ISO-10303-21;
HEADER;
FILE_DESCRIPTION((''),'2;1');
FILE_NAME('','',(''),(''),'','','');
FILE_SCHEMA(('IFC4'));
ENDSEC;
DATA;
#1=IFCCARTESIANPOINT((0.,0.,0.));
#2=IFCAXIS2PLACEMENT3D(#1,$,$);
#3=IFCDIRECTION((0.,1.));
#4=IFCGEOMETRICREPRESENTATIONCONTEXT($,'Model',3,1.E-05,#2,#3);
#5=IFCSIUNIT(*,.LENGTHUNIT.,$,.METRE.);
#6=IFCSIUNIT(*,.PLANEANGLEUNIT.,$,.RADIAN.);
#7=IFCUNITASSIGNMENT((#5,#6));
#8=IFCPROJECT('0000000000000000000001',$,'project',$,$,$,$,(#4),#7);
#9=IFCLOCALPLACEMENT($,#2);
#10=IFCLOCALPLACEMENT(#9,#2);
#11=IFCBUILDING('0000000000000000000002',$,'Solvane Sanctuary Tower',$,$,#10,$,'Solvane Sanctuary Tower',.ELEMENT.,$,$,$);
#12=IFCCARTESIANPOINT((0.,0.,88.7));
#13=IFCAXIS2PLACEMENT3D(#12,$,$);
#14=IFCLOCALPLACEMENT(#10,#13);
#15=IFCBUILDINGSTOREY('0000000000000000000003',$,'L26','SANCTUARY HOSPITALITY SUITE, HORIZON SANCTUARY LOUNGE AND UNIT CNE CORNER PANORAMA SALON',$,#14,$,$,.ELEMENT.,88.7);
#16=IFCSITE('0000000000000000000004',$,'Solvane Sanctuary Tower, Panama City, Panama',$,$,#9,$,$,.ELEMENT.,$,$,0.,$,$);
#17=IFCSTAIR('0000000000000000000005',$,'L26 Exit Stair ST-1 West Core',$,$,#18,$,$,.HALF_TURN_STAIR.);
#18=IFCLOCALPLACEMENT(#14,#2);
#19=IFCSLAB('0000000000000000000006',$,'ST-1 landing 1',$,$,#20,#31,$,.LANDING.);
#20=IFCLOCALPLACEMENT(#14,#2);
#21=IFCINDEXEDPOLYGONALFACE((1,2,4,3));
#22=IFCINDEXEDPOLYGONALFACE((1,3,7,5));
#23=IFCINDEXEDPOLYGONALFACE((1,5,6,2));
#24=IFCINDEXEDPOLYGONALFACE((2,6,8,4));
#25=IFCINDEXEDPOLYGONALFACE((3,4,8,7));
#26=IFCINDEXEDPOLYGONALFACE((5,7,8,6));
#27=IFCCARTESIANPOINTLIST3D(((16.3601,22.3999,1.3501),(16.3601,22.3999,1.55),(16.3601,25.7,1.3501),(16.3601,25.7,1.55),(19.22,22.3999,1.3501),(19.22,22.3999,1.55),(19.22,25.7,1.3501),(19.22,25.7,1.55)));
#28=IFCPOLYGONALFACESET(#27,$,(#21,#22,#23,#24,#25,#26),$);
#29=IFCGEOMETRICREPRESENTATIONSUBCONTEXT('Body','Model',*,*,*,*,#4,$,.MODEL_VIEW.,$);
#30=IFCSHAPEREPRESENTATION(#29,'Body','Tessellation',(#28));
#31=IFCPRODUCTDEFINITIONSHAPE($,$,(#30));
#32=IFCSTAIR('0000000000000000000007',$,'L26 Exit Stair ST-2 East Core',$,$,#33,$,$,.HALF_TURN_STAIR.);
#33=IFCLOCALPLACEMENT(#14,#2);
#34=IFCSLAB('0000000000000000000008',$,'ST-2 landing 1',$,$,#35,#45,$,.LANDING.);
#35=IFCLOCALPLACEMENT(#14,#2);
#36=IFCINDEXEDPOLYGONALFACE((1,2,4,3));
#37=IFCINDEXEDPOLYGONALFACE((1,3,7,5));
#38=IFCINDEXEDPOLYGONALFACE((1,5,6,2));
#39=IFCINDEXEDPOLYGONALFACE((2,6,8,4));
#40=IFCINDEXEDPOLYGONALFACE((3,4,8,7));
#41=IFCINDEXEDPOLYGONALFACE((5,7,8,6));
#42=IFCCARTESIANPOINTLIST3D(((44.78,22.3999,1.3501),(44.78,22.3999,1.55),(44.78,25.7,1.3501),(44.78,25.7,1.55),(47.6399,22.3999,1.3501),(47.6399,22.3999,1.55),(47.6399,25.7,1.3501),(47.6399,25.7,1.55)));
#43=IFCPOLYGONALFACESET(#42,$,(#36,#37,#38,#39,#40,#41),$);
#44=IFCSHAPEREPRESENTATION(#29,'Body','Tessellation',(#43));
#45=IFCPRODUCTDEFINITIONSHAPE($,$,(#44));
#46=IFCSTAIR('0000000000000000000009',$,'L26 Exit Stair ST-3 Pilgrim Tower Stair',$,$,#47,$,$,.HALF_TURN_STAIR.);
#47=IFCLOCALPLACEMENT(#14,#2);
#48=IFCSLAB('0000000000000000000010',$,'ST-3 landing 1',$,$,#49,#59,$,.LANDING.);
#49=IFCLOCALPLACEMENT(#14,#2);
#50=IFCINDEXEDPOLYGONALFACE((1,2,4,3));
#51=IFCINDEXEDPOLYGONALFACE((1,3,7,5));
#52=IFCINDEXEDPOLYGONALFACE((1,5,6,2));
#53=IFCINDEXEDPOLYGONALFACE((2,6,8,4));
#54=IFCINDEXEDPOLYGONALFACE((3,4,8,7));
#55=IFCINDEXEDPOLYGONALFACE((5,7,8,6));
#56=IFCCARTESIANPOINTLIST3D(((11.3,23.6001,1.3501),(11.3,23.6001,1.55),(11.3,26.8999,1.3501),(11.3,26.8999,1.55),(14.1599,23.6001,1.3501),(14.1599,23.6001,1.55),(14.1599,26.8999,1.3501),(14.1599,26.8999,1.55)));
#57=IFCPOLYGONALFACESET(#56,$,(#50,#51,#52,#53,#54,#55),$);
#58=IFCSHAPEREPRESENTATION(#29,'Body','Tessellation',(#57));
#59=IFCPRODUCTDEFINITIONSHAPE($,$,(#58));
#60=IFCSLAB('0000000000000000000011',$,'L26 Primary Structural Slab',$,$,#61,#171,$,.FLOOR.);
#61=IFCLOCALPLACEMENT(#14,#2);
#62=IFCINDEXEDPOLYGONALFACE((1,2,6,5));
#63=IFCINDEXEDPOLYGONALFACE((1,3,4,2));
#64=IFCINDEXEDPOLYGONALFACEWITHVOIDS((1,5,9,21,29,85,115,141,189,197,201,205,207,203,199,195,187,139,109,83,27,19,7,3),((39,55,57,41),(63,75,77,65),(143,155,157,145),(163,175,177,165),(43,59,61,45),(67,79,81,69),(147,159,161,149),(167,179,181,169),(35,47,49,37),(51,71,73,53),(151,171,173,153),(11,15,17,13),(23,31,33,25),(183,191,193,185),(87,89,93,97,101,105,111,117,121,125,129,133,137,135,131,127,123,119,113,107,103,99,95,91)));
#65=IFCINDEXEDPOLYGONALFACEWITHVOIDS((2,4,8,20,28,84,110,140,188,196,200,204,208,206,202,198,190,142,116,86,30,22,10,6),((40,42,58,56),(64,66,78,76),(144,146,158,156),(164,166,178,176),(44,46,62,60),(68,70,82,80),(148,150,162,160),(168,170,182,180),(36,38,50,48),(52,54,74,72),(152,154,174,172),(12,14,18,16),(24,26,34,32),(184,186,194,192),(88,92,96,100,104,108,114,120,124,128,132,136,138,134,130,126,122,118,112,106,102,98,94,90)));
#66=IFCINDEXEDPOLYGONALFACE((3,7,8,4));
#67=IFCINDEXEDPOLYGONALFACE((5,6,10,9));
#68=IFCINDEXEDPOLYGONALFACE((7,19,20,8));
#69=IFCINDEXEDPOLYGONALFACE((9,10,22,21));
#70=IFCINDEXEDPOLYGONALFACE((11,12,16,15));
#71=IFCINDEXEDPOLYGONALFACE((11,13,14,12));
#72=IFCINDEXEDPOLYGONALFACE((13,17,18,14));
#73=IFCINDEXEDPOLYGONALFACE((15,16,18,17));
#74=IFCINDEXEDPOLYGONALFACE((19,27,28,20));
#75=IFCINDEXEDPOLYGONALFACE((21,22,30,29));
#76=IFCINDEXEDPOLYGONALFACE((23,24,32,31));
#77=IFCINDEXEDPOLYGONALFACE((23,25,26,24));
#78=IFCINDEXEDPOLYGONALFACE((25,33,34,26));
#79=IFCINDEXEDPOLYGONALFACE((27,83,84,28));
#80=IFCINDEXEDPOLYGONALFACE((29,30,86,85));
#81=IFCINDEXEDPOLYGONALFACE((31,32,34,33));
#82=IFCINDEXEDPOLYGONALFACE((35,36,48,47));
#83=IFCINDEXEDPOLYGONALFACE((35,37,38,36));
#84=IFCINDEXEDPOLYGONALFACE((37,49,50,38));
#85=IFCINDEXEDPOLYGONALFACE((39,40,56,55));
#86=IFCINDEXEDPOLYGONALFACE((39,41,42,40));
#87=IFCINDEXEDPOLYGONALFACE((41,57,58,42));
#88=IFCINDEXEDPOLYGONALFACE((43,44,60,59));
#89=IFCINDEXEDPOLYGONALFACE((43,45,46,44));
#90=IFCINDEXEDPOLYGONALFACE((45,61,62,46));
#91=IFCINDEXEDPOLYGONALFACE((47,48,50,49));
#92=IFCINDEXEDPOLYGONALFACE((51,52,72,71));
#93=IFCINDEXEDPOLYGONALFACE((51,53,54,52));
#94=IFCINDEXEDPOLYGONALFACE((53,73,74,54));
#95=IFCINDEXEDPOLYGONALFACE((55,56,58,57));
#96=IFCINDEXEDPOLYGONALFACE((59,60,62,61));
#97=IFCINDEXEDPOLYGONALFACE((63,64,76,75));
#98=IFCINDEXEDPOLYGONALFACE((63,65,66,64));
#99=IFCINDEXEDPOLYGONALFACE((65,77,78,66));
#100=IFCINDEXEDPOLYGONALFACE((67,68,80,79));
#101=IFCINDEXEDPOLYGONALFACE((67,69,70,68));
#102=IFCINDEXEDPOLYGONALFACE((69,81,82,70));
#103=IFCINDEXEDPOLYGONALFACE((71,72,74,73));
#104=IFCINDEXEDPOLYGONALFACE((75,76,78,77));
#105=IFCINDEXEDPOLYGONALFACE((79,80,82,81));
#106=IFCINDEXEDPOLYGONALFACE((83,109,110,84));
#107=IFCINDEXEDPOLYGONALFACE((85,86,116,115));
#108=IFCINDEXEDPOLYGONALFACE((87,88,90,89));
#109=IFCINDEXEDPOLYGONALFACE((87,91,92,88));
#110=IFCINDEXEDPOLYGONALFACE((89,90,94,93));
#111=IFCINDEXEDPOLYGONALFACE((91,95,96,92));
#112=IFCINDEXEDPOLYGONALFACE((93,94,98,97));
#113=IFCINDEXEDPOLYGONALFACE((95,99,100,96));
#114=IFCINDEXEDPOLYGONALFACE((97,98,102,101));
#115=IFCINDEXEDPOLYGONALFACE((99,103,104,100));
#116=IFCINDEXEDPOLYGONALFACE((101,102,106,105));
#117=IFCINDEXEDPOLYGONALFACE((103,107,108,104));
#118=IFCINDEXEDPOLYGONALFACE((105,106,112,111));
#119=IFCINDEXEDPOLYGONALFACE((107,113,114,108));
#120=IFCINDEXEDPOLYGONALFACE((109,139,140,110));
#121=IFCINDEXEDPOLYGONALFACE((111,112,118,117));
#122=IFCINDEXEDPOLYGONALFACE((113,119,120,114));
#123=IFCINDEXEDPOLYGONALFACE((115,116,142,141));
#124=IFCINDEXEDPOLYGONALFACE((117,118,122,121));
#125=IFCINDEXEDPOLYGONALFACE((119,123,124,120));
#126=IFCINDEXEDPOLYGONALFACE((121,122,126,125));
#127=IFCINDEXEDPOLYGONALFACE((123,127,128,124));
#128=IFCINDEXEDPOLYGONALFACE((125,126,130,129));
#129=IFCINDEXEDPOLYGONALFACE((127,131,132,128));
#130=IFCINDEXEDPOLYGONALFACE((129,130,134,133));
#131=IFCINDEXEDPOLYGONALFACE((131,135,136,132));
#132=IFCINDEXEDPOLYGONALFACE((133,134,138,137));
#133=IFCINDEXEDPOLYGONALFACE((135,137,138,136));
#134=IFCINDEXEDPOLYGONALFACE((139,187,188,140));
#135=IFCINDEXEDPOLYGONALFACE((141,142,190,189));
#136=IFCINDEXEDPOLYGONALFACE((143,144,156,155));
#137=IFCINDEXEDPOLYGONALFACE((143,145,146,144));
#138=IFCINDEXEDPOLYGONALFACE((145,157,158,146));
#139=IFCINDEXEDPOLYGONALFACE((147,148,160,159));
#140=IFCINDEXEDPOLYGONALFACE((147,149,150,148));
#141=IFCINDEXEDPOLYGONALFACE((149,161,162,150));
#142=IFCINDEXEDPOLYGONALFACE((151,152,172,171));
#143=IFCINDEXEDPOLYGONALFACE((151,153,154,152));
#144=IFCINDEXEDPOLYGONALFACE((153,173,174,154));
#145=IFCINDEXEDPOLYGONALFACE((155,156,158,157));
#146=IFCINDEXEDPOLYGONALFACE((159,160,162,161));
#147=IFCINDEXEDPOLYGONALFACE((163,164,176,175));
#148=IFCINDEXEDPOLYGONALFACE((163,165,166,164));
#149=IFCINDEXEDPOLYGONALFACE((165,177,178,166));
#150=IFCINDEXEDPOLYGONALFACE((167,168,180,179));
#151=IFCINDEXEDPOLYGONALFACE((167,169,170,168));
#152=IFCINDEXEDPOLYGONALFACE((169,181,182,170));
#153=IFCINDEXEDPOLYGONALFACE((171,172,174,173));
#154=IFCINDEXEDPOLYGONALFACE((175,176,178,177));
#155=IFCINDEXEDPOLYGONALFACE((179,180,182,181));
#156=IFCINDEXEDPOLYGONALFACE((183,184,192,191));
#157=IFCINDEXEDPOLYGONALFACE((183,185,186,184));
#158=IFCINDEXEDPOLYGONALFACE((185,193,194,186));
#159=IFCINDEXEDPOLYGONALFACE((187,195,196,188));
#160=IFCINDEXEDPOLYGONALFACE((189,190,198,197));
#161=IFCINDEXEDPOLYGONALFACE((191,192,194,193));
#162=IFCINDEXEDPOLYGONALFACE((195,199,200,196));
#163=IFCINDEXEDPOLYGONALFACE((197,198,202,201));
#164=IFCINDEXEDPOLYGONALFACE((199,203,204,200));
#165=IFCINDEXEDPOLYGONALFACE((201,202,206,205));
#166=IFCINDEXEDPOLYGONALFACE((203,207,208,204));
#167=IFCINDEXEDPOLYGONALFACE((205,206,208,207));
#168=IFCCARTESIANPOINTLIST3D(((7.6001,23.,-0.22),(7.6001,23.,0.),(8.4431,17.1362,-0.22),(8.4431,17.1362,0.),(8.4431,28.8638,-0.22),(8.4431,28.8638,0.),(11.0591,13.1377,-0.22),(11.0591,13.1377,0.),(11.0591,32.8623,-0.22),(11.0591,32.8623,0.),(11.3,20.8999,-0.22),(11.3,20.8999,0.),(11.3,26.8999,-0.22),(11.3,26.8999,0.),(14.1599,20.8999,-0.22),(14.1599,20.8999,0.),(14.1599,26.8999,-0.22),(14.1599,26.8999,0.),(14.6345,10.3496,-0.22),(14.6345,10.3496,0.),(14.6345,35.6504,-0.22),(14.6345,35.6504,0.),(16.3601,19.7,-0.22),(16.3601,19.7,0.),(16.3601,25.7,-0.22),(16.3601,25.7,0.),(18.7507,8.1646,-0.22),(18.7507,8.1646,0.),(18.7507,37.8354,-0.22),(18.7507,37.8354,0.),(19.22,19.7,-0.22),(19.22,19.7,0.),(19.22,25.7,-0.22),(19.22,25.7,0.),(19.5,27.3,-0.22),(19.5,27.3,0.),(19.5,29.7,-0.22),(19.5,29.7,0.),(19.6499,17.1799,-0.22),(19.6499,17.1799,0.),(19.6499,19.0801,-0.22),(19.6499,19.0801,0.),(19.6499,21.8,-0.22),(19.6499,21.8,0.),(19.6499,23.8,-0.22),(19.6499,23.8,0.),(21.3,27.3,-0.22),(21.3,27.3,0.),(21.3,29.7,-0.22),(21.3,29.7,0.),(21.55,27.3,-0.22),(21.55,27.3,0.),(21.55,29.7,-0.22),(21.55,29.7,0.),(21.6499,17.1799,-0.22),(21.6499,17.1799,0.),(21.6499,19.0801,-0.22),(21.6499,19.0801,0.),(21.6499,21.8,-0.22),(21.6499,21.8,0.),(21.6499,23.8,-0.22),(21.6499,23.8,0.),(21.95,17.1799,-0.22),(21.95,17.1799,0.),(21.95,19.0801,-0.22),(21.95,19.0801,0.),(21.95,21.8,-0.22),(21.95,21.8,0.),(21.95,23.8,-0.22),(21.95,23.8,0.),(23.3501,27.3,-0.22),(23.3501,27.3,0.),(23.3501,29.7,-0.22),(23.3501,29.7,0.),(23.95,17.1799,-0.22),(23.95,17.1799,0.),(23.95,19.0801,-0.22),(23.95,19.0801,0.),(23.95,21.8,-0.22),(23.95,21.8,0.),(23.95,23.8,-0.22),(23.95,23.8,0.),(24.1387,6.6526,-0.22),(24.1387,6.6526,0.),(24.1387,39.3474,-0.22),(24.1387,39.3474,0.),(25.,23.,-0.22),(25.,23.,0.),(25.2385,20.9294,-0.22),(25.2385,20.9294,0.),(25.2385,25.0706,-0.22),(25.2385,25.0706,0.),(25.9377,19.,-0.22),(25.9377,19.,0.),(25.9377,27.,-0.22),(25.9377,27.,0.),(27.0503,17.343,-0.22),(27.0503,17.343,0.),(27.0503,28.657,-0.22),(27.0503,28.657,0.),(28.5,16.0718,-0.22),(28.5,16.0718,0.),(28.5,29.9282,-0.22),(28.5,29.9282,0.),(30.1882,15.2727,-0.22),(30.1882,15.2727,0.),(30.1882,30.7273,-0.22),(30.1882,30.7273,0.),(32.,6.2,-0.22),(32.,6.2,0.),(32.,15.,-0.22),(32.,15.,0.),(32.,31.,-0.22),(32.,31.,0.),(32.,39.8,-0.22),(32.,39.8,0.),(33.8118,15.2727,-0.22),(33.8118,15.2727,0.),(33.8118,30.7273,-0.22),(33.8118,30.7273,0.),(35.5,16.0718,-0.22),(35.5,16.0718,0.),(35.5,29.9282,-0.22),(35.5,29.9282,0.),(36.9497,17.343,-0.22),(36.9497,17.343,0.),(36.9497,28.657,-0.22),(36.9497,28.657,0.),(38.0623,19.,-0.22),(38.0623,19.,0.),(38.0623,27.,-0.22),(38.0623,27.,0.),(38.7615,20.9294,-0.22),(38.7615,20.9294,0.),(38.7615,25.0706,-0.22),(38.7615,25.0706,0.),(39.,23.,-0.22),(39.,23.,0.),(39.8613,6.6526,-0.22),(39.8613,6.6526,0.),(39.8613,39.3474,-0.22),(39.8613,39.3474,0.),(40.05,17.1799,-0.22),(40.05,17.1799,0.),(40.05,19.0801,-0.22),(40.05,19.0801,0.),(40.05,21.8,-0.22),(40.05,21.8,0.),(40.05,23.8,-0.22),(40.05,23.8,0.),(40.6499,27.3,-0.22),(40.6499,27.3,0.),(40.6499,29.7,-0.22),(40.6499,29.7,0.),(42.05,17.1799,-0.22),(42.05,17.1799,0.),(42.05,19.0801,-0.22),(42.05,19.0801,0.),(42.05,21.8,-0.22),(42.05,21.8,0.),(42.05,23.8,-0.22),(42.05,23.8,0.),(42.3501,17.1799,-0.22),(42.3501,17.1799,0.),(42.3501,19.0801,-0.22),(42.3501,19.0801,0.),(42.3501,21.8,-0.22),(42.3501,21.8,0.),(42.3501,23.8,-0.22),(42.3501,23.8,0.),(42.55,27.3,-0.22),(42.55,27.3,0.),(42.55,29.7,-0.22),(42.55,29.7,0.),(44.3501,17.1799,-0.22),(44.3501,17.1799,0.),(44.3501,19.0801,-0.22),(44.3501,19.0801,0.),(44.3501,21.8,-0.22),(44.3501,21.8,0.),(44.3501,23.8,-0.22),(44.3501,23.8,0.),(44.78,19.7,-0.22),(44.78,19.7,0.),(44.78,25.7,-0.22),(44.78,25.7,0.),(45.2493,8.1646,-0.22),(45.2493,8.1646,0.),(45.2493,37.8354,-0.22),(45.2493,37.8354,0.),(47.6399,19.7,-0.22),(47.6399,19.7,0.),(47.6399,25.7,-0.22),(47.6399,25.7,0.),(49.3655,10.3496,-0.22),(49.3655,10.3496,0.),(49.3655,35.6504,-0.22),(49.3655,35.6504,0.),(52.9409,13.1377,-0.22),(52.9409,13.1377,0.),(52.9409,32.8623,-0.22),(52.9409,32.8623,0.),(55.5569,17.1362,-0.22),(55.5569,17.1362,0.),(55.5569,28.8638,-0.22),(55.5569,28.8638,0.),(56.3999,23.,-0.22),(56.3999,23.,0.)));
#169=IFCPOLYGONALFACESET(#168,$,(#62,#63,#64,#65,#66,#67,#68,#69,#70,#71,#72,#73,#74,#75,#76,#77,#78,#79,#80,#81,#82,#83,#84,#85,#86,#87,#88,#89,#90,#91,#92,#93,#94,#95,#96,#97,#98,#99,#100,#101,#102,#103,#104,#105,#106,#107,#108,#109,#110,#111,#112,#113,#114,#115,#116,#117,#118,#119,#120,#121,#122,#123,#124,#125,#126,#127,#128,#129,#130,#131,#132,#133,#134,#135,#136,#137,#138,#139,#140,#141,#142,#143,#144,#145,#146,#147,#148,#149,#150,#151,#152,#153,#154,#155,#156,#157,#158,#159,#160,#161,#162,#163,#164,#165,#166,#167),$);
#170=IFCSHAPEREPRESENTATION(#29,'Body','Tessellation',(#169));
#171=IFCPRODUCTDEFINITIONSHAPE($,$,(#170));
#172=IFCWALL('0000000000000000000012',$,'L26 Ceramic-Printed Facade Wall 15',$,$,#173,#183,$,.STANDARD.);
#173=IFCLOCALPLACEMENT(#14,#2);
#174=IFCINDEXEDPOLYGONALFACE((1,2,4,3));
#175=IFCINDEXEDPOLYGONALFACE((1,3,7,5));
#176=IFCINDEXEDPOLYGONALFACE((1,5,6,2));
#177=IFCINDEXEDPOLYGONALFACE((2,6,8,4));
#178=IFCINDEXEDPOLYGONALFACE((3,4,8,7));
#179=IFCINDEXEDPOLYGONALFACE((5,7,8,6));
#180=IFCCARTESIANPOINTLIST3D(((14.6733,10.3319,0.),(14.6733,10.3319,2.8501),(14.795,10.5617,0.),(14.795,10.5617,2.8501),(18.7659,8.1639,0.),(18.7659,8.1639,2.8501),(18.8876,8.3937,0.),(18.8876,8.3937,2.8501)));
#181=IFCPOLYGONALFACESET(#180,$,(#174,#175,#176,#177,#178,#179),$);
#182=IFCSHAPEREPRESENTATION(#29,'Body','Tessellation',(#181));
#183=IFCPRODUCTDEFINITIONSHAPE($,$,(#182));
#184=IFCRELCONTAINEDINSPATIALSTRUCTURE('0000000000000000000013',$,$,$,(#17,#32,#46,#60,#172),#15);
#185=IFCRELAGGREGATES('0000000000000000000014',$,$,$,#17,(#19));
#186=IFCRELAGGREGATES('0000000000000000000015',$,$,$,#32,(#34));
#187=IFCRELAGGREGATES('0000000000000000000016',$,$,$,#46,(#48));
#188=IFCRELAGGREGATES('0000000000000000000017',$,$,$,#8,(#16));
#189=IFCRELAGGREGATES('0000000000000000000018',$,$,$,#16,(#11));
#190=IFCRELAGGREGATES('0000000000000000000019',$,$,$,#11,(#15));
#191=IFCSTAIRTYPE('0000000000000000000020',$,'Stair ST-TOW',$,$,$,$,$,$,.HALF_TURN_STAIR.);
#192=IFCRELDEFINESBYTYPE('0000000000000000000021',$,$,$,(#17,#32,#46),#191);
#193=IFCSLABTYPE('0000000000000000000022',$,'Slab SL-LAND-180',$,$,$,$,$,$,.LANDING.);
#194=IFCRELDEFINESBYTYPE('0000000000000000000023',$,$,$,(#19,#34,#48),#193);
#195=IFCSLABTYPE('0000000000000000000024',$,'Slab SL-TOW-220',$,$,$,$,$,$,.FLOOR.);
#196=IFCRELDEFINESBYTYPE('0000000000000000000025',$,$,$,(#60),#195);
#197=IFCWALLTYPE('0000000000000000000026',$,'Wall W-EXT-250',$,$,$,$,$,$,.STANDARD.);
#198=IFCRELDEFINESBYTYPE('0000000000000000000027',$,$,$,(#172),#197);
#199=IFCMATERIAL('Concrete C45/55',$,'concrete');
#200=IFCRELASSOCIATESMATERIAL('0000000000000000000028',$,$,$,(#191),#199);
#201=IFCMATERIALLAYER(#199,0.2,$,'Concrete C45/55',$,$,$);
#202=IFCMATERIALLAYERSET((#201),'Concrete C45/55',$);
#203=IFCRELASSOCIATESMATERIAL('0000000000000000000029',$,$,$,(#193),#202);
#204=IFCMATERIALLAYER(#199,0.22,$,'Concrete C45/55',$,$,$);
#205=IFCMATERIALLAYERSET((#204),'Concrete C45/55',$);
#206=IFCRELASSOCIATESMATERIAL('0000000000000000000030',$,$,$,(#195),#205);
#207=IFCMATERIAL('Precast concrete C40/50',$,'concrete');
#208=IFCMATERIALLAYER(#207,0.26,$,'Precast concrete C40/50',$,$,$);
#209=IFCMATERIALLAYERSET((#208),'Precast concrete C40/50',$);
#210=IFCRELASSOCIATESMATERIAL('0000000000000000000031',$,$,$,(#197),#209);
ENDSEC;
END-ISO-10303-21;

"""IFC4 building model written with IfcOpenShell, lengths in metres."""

from ifc_helpers import new_model, si_unit, direction, frame, frame_2d, origin, place, context, subcontext, project, spatial, polyline, rectangle, outline, extrude, material, layer, layer_set, type_object, element, aggregate, save


model = new_model("IFC4")

# Units and contexts
model_context = context("Model", 3, precision=1e-05, world=origin(), true_north=direction((0.0, 1.0)))
body_context = subcontext(model_context, "Body", "Model", "MODEL_VIEW")
ifc_project = project(units=[si_unit("LENGTHUNIT", "METRE"), si_unit("PLANEANGLEUNIT", "RADIAN")], contexts=[model_context])

# Site, building, storey
site_placement = place(None, origin())
site = spatial("IfcSite", under=ifc_project, at=site_placement, Name="Solvane Sanctuary Tower, Panama City, Panama", CompositionType="ELEMENT", RefElevation=0.0)
building_placement = place(site_placement, origin())
building = spatial("IfcBuilding", under=site, at=building_placement, Name="Solvane Sanctuary Tower", LongName="Solvane Sanctuary Tower", CompositionType="ELEMENT")
storey_placement = place(building_placement, frame((0.0, 0.0, 88.7)))
storey = spatial("IfcBuildingStorey", under=building, at=storey_placement, Name="L26", Description="SANCTUARY HOSPITALITY SUITE, HORIZON SANCTUARY LOUNGE AND UNIT CNE CORNER PANORAMA SALON", CompositionType="ELEMENT", Elevation=88.7)

# Shared definitions
ifc_material_1 = material(Name="Precast concrete C40/50", Category="concrete")

# Stairs, slabs
ifc_material_2 = material(Name="Concrete C45/55", Category="concrete")
stair_type = type_object("IfcStairType", Name="Stair ST-TOW", PredefinedType="HALF_TURN_STAIR", material=ifc_material_2)
stair_1_placement = place(storey_placement, origin())
stair_1 = element("IfcStair", 1, at=stair_1_placement, inside=storey, type_object=stair_type, Name="L26 Exit Stair ST-1 West Core", PredefinedType="HALF_TURN_STAIR")
ifc_layer_1 = layer(ifc_material_2, 0.2, Name="Concrete C45/55")
ifc_layer_set_1 = layer_set([ifc_layer_1], Name="Concrete C45/55")
slab_type_1 = type_object("IfcSlabType", Name="Slab SL-LAND-180", PredefinedType="LANDING", material=ifc_layer_set_1)
slab_1_placement = place(storey_placement, frame((0.0, 0.0, 1.3501)))
slab_1 = element("IfcSlab", 2, at=slab_1_placement, type_object=slab_type_1, Name="ST-1 landing 1", PredefinedType="LANDING", context=body_context, shape_type="SweptSolid", body=[
    extrude(outline(polyline([(19.22, 22.3999), (19.22, 25.7), (16.3601, 25.7), (16.3601, 22.3999), (19.22, 22.3999)])), origin(), (0.0, 0.0, 1.0), 0.2),
])
aggregate(stair_1, [slab_1])
stair_2_placement = place(storey_placement, origin())
stair_2 = element("IfcStair", 3, at=stair_2_placement, inside=storey, type_object=stair_type, Name="L26 Exit Stair ST-2 East Core", PredefinedType="HALF_TURN_STAIR")
slab_2_placement = place(storey_placement, frame((0.0, 0.0, 1.3501)))
slab_2 = element("IfcSlab", 4, at=slab_2_placement, type_object=slab_type_1, Name="ST-2 landing 1", PredefinedType="LANDING", context=body_context, shape_type="SweptSolid", body=[
    extrude(outline(polyline([(47.6399, 22.3999), (47.6399, 25.7), (44.78, 25.7), (44.78, 22.3999), (47.6399, 22.3999)])), origin(), (0.0, 0.0, 1.0), 0.2),
])
aggregate(stair_2, [slab_2])
stair_3_placement = place(storey_placement, origin())
stair_3 = element("IfcStair", 5, at=stair_3_placement, inside=storey, type_object=stair_type, Name="L26 Exit Stair ST-3 Pilgrim Tower Stair", PredefinedType="HALF_TURN_STAIR")
slab_3_placement = place(storey_placement, frame((0.0, 0.0, 1.3501)))
slab_3 = element("IfcSlab", 6, at=slab_3_placement, type_object=slab_type_1, Name="ST-3 landing 1", PredefinedType="LANDING", context=body_context, shape_type="SweptSolid", body=[
    extrude(outline(polyline([(14.1599, 23.6001), (14.1599, 26.8999), (11.3, 26.8999), (11.3, 23.6001), (14.1599, 23.6001)])), origin(), (0.0, 0.0, 1.0), 0.2),
])
aggregate(stair_3, [slab_3])

# Slab
ifc_layer_2 = layer(ifc_material_2, 0.22, Name="Concrete C45/55")
ifc_layer_set_2 = layer_set([ifc_layer_2], Name="Concrete C45/55")
slab_type_2 = type_object("IfcSlabType", Name="Slab SL-TOW-220", PredefinedType="FLOOR", material=ifc_layer_set_2)
slab_4_placement = place(storey_placement, frame((0.0, 0.0, -0.22)))
element("IfcSlab", 7, at=slab_4_placement, inside=storey, type_object=slab_type_2, Name="L26 Primary Structural Slab", PredefinedType="FLOOR", context=body_context, shape_type="SweptSolid", body=[
    extrude(outline(polyline([(56.3999, 23.0), (55.5569, 28.8638), (52.9409, 32.8623), (49.3655, 35.6504), (45.2493, 37.8354), (39.8613, 39.3474), (32.0, 39.8), (24.1387, 39.3474), (18.7507, 37.8354), (14.6345, 35.6504), (11.0591, 32.8623), (8.4431, 28.8638), (7.6001, 23.0), (8.4431, 17.1362), (11.0591, 13.1377), (14.6345, 10.3496), (18.7507, 8.1646), (24.1387, 6.6526), (32.0, 6.2), (39.8613, 6.6526), (45.2493, 8.1646), (49.3655, 10.3496), (52.9409, 13.1377), (55.5569, 17.1362), (56.3999, 23.0)]), holes=[polyline([(38.7615, 20.9294), (38.0623, 19.0), (36.9497, 17.343), (35.5, 16.0718), (33.8118, 15.2727), (32.0, 15.0), (30.1882, 15.2727), (28.5, 16.0718), (27.0503, 17.343), (25.9377, 19.0), (25.2385, 20.9294), (25.0, 23.0), (25.2385, 25.0706), (25.9377, 27.0), (27.0503, 28.657), (28.5, 29.9282), (30.1882, 30.7273), (32.0, 31.0), (33.8118, 30.7273), (35.5, 29.9282), (36.9497, 28.657), (38.0623, 27.0), (38.7615, 25.0706), (39.0, 23.0), (38.7615, 20.9294)]), polyline([(16.3601, 19.7), (16.3601, 25.7), (19.22, 25.7), (19.22, 19.7), (16.3601, 19.7)]), polyline([(44.78, 19.7), (44.78, 25.7), (47.6399, 25.7), (47.6399, 19.7), (44.78, 19.7)]), polyline([(11.3, 20.8999), (11.3, 26.8999), (14.1599, 26.8999), (14.1599, 20.8999), (11.3, 20.8999)]), polyline([(19.6499, 19.0801), (21.6499, 19.0801), (21.6499, 17.1799), (19.6499, 17.1799), (19.6499, 19.0801)]), polyline([(21.95, 19.0801), (23.95, 19.0801), (23.95, 17.1799), (21.95, 17.1799), (21.95, 19.0801)]), polyline([(40.05, 19.0801), (42.05, 19.0801), (42.05, 17.1799), (40.05, 17.1799), (40.05, 19.0801)]), polyline([(42.3501, 19.0801), (44.3501, 19.0801), (44.3501, 17.1799), (42.3501, 17.1799), (42.3501, 19.0801)]), polyline([(19.6499, 23.8), (21.6499, 23.8), (21.6499, 21.8), (19.6499, 21.8), (19.6499, 23.8)]), polyline([(42.3501, 23.8), (44.3501, 23.8), (44.3501, 21.8), (42.3501, 21.8), (42.3501, 23.8)]), polyline([(21.95, 23.8), (23.95, 23.8), (23.95, 21.8), (21.95, 21.8), (21.95, 23.8)]), polyline([(40.05, 23.8), (42.05, 23.8), (42.05, 21.8), (40.05, 21.8), (40.05, 23.8)]), polyline([(19.5, 29.7), (21.3, 29.7), (21.3, 27.3), (19.5, 27.3), (19.5, 29.7)]), polyline([(21.55, 29.7), (23.3501, 29.7), (23.3501, 27.3), (21.55, 27.3), (21.55, 29.7)]), polyline([(40.6499, 29.7), (42.55, 29.7), (42.55, 27.3), (40.6499, 27.3), (40.6499, 29.7)])]), origin(), (0.0, 0.0, 1.0), 0.22),
])

# Wall
ifc_layer_3 = layer(ifc_material_1, 0.26, Name="Precast concrete C40/50")
ifc_layer_set_3 = layer_set([ifc_layer_3], Name="Precast concrete C40/50")
wall_type = type_object("IfcWallType", Name="Wall W-EXT-250", PredefinedType="STANDARD", material=ifc_layer_set_3)
wall_1_placement = place(storey_placement, frame((14.7341, 10.4468, 0.0), z_axis=(0.0, 0.0, 1.0), x_axis=(0.883669, -0.468113, 0.0)))
element("IfcWall", 8, at=wall_1_placement, inside=storey, type_object=wall_type, Name="L26 Ceramic-Printed Facade Wall 15", PredefinedType="STANDARD", context=body_context, shape_type="SweptSolid", body=[
    extrude(rectangle(XDim=4.6313, YDim=0.26, at=frame_2d((2.3157, 0.0))), origin(), (0.0, 0.0, 1.0), 2.8501),
])

save(model, "model.ifc")
